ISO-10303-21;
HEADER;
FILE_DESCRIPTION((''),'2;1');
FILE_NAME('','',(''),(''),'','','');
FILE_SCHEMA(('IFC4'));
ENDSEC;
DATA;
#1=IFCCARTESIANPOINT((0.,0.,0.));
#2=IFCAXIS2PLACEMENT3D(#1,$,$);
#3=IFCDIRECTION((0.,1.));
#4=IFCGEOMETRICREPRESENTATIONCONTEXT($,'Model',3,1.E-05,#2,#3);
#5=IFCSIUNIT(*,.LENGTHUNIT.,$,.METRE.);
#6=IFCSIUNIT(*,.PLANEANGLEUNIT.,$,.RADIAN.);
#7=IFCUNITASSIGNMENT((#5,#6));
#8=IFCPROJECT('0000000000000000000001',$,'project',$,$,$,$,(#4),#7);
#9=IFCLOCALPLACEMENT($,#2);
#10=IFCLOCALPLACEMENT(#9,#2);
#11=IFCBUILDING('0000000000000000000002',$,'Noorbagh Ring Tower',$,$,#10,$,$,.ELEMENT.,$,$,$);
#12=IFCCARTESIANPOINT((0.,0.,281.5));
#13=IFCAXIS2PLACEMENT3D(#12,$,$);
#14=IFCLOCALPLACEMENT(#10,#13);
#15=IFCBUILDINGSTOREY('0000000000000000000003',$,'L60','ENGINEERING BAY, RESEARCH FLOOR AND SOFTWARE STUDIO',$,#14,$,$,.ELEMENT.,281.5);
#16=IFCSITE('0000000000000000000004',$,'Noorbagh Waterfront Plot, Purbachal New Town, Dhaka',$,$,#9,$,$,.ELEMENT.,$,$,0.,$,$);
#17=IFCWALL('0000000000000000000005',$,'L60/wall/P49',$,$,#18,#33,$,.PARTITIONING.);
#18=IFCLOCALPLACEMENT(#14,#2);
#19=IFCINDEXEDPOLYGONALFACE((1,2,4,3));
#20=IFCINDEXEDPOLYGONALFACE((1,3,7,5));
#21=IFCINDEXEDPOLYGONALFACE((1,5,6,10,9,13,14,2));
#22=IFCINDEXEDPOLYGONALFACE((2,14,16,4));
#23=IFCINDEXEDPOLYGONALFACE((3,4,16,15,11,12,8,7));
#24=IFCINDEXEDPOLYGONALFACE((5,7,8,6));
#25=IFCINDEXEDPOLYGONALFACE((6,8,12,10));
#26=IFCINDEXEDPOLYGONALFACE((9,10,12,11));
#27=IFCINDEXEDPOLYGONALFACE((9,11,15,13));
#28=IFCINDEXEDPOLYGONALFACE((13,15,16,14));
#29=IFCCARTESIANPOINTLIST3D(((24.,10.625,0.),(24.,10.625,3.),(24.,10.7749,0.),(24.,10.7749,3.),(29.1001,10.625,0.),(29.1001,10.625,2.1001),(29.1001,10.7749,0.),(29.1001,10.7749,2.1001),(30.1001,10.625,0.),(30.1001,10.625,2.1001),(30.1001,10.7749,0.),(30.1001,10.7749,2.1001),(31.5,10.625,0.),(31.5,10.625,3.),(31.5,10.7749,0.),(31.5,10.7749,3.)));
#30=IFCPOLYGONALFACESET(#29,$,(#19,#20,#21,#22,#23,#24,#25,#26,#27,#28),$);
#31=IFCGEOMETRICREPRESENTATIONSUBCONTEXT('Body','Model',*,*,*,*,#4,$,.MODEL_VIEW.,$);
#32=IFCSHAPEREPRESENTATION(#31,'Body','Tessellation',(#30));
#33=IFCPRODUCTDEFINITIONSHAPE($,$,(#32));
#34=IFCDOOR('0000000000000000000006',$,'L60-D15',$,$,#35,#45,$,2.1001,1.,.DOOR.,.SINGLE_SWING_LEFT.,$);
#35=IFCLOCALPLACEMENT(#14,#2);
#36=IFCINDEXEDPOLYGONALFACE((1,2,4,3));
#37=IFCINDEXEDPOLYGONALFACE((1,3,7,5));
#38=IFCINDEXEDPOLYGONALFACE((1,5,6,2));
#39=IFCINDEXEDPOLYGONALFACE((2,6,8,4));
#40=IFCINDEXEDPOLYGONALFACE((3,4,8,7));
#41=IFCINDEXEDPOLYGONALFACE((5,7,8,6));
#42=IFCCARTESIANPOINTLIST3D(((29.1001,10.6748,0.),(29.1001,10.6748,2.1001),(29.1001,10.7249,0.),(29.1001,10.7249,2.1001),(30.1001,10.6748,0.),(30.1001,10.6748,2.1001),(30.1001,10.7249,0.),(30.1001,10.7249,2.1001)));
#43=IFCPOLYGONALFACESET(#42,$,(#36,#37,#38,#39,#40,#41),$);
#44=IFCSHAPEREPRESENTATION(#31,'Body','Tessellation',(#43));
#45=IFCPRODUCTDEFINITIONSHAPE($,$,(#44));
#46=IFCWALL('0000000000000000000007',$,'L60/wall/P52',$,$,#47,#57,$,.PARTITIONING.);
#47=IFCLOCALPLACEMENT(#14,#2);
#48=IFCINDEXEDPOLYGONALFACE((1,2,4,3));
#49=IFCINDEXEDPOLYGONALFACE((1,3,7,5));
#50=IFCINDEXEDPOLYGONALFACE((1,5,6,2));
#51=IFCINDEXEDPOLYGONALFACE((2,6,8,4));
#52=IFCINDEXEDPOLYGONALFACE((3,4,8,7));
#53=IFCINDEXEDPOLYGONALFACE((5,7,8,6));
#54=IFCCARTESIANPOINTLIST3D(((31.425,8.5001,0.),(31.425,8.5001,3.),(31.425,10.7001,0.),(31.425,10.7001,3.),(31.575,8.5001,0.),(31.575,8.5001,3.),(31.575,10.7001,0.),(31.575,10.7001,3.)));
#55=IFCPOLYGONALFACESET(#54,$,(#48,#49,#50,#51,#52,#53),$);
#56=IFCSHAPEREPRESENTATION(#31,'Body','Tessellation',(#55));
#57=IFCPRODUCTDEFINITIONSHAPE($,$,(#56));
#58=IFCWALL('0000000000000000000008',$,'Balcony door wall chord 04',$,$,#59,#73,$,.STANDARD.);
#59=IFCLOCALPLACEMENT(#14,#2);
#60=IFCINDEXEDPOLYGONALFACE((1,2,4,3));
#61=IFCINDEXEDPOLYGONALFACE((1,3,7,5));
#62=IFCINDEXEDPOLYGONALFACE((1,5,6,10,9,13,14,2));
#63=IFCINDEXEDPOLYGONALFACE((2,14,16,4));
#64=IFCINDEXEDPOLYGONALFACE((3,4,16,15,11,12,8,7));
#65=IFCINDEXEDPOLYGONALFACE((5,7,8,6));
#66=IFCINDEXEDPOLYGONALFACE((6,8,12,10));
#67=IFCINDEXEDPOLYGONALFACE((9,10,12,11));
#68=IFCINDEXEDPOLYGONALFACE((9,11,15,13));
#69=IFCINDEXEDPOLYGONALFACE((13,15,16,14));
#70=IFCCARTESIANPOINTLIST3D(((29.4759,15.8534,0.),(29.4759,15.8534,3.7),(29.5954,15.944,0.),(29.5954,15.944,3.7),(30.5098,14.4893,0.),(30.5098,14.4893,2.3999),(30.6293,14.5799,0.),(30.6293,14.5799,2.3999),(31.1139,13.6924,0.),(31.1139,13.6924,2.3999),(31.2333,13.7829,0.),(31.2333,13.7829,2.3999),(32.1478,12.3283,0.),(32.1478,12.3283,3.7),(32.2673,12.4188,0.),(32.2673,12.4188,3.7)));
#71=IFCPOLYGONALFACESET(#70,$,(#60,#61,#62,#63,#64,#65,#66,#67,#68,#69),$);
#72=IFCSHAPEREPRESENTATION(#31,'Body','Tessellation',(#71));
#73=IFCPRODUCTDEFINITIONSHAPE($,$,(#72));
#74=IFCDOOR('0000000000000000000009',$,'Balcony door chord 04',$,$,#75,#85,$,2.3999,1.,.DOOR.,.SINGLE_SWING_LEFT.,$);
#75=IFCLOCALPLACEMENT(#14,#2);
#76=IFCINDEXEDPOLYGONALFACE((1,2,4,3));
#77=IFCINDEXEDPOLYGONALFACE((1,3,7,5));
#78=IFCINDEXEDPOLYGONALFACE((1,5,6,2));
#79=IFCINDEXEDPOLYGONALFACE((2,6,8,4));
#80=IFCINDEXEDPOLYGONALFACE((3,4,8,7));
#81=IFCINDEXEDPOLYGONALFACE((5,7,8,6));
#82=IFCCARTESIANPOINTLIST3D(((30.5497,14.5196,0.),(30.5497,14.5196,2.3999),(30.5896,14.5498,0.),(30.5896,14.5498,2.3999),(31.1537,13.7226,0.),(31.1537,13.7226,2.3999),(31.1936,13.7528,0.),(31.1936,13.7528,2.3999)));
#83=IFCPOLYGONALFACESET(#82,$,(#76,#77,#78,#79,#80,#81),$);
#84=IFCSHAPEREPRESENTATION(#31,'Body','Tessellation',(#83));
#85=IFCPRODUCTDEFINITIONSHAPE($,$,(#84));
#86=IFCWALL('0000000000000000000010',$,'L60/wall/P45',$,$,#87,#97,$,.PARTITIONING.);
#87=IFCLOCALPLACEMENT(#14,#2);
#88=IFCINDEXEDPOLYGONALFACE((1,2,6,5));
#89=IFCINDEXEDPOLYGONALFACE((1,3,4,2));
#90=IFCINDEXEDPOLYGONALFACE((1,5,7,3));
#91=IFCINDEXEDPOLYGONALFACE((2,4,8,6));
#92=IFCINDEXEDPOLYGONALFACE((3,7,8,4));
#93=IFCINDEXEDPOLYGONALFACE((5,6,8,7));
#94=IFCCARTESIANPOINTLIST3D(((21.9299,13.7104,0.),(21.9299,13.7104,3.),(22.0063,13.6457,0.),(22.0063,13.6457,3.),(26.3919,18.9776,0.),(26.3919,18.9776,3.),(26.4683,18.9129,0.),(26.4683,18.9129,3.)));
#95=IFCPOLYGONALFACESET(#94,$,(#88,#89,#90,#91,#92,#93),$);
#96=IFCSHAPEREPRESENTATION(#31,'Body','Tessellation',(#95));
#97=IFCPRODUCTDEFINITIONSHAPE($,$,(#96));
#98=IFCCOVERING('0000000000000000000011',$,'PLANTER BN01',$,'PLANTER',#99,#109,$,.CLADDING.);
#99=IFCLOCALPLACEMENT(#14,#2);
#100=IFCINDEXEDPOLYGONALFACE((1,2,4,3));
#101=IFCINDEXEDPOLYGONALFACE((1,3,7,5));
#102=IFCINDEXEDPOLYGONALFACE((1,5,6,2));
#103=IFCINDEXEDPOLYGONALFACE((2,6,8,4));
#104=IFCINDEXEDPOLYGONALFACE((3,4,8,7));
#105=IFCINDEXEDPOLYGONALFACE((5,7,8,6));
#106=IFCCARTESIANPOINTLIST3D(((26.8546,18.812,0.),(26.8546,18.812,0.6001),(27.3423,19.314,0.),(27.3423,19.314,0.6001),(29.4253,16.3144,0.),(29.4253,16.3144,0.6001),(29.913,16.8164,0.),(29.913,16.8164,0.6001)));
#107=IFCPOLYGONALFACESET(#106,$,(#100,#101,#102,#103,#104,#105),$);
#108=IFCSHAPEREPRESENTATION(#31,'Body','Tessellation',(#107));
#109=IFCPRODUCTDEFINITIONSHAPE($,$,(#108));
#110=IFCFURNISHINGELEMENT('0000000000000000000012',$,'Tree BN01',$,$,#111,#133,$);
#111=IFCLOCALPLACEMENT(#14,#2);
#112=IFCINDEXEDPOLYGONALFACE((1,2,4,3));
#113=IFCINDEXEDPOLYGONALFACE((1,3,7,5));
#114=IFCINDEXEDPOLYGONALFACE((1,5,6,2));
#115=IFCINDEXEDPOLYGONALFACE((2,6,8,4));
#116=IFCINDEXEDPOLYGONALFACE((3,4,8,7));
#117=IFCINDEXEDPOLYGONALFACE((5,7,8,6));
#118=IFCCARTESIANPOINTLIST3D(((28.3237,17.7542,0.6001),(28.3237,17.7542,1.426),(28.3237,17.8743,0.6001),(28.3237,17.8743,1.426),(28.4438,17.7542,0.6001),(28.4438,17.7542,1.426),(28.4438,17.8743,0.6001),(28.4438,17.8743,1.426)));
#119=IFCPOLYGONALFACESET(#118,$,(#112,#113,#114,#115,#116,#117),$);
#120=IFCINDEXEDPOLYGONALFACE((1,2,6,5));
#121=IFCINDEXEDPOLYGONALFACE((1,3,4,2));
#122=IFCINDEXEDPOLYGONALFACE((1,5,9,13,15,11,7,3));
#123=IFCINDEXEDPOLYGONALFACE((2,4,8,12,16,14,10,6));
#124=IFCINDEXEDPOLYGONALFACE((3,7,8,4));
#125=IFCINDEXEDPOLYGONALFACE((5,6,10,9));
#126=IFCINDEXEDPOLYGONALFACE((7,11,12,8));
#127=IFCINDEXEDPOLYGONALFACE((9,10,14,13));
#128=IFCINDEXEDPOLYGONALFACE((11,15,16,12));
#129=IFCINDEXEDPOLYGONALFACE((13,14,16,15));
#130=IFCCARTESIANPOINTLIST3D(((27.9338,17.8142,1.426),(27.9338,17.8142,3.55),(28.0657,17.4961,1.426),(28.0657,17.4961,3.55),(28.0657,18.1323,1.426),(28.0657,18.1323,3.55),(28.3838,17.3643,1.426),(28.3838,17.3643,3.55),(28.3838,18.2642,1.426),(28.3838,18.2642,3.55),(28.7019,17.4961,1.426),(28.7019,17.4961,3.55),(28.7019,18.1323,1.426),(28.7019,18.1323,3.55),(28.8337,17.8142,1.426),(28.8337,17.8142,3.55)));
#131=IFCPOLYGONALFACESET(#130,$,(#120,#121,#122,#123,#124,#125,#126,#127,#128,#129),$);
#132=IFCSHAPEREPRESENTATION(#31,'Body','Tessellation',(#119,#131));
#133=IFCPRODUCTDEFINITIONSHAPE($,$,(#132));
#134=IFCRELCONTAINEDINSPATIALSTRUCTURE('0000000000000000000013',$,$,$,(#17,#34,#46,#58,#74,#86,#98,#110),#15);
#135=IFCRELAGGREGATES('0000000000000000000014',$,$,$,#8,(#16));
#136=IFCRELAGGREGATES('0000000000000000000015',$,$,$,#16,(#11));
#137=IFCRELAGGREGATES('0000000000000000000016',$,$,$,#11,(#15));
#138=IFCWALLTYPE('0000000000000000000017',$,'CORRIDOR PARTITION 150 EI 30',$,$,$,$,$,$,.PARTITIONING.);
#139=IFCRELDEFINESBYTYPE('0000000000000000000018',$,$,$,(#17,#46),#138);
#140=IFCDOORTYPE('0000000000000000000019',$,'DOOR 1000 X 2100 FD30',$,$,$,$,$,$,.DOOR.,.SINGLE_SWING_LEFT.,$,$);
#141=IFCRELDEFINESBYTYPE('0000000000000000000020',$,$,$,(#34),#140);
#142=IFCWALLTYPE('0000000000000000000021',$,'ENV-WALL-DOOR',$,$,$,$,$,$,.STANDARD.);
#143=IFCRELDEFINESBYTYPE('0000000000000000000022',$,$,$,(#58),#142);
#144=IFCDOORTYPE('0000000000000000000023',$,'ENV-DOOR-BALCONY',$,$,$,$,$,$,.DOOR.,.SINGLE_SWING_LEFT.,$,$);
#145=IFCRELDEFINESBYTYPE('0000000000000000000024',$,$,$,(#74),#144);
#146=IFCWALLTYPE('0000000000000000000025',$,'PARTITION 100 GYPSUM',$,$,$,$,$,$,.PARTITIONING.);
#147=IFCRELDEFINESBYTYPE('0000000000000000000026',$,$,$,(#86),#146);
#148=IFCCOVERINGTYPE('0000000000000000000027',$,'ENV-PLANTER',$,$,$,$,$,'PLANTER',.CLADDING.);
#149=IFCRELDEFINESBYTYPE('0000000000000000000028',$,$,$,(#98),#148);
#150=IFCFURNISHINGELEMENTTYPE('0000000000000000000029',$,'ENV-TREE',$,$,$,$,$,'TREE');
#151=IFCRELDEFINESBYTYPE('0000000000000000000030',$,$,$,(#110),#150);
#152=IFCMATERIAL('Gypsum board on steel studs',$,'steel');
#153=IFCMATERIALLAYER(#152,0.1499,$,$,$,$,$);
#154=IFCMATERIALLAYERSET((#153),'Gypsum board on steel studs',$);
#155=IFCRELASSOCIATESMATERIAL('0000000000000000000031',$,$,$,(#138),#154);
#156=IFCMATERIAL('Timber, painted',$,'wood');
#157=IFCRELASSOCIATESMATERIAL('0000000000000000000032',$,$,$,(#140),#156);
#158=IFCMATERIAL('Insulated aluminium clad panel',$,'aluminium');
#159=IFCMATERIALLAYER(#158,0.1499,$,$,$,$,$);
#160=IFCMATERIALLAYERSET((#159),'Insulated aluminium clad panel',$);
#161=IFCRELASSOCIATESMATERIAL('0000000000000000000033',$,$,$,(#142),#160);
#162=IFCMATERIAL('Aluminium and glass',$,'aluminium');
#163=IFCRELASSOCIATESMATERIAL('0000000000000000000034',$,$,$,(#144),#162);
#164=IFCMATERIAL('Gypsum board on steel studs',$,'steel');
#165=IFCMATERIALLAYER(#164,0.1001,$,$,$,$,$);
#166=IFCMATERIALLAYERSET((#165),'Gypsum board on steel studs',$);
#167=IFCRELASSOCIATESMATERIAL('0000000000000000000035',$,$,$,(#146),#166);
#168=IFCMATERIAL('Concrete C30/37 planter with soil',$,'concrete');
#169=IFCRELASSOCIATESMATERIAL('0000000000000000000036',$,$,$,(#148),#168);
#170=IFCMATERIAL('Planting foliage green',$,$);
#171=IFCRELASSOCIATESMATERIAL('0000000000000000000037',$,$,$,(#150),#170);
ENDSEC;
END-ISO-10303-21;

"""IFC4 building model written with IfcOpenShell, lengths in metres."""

from ifc_helpers import new_model, si_unit, direction, frame, frame_2d, origin, origin_2d, place, context, subcontext, project, spatial, polyline, rectangle, outline, extrude, material, layer, layer_set, type_object, element, fill, save


model = new_model("IFC4")

# Units and contexts
model_context = context("Model", 3, precision=1e-05, world=origin(), true_north=direction((0.0, 1.0)))
body_context = subcontext(model_context, "Body", "Model", "MODEL_VIEW")
ifc_project = project(units=[si_unit("LENGTHUNIT", "METRE"), si_unit("PLANEANGLEUNIT", "RADIAN")], contexts=[model_context])

# Site, building, storey
site_placement = place(None, origin())
site = spatial("IfcSite", under=ifc_project, at=site_placement, Name="Noorbagh Waterfront Plot, Purbachal New Town, Dhaka", CompositionType="ELEMENT", RefElevation=0.0)
building_placement = place(site_placement, origin())
building = spatial("IfcBuilding", under=site, at=building_placement, Name="Noorbagh Ring Tower", CompositionType="ELEMENT")
storey_placement = place(building_placement, frame((0.0, 0.0, 281.5)))
storey = spatial("IfcBuildingStorey", under=building, at=storey_placement, Name="L60", Description="ENGINEERING BAY, RESEARCH FLOOR AND SOFTWARE STUDIO", CompositionType="ELEMENT", Elevation=281.5)

# Shared definitions
ifc_material_1 = material(Name="Gypsum board on steel studs", Category="steel")
ifc_layer_1 = layer(ifc_material_1, 0.1499)
ifc_layer_set_1 = layer_set([ifc_layer_1], Name="Gypsum board on steel studs")
wall_type_1 = type_object("IfcWallType", Name="CORRIDOR PARTITION 150 EI 30", PredefinedType="PARTITIONING", material=ifc_layer_set_1)

# Wall, opening, door
wall_1_placement = place(storey_placement, frame((24.0, 10.7, 0.0), z_axis=(0.0, 0.0, 1.0), x_axis=(1.0, 0.0, 0.0)))
wall_1 = element("IfcWall", 1, at=wall_1_placement, inside=storey, type_object=wall_type_1, Name="L60/wall/P49", PredefinedType="PARTITIONING", context=body_context, shape_type="SweptSolid", body=[
    extrude(rectangle(XDim=7.5, YDim=0.1499, at=frame_2d((3.75, 0.0))), origin(), (0.0, 0.0, 1.0), 3.0),
])
opening_1_placement = place(wall_1_placement, frame((5.1001, 0.0, 0.0)))
opening_1 = element("IfcOpeningElement", 2, at=opening_1_placement, cuts=wall_1, PredefinedType="OPENING", context=body_context, shape_type="SweptSolid", body=[
    extrude(rectangle(XDim=1.0, YDim=2.1001, at=frame_2d((0.5, 1.05))), frame((0.0, 0.085, 0.0), z_axis=(0.0, -1.0, 0.0), x_axis=(1.0, 0.0, 0.0)), (0.0, 0.0, 1.0), 0.1699),
])
ifc_material_2 = material(Name="Timber, painted", Category="wood")
door_type_1 = type_object("IfcDoorType", Name="DOOR 1000 X 2100 FD30", OperationType="SINGLE_SWING_LEFT", PredefinedType="DOOR", material=ifc_material_2)
door_1_placement = place(opening_1_placement, origin())
door_1 = element("IfcDoor", 3, at=door_1_placement, inside=storey, type_object=door_type_1, Name="L60-D15", OperationType="SINGLE_SWING_LEFT", OverallHeight=2.1001, OverallWidth=1.0, PredefinedType="DOOR", context=body_context, shape_type="SweptSolid", body=[
    extrude(rectangle(XDim=1.0, YDim=2.1001, at=frame_2d((0.5, 1.05))), frame((0.0, 0.0249, 0.0), z_axis=(0.0, -1.0, 0.0), x_axis=(1.0, 0.0, 0.0)), (0.0, 0.0, 1.0), 0.05),
])
fill(opening_1, door_1)

# Wall
wall_2_placement = place(storey_placement, frame((31.5, 8.5, 0.0), z_axis=(0.0, 0.0, 1.0), x_axis=(0.0, 1.0, 0.0)))
element("IfcWall", 4, at=wall_2_placement, inside=storey, type_object=wall_type_1, Name="L60/wall/P52", PredefinedType="PARTITIONING", context=body_context, shape_type="SweptSolid", body=[
    extrude(rectangle(XDim=2.2, YDim=0.1499, at=frame_2d((1.1001, 0.0))), origin(), (0.0, 0.0, 1.0), 3.0),
])

# Wall, opening, door
ifc_material_3 = material(Name="Insulated aluminium clad panel", Category="aluminium")
ifc_layer_2 = layer(ifc_material_3, 0.1499)
ifc_layer_set_2 = layer_set([ifc_layer_2], Name="Insulated aluminium clad panel")
wall_type_2 = type_object("IfcWallType", Name="ENV-WALL-DOOR", PredefinedType="STANDARD", material=ifc_layer_set_2)
wall_3_placement = place(storey_placement, frame((32.2075, 12.3735, 0.0), z_axis=(0.0, 0.0, 1.0), x_axis=(-0.604046, 0.79695, 0.0)))
wall_3 = element("IfcWall", 5, at=wall_3_placement, inside=storey, type_object=wall_type_2, Name="Balcony door wall chord 04", PredefinedType="STANDARD", context=body_context, shape_type="SweptSolid", body=[
    extrude(rectangle(XDim=4.4233, YDim=0.1499, at=frame_2d((2.2117, 0.0))), origin(), (0.0, 0.0, 1.0), 3.7),
])
opening_2_placement = place(wall_3_placement, frame((1.7117, 0.0, 0.0)))
opening_2 = element("IfcOpeningElement", 6, at=opening_2_placement, cuts=wall_3, PredefinedType="OPENING", context=body_context, shape_type="SweptSolid", body=[
    extrude(rectangle(XDim=1.0, YDim=2.3999, at=frame_2d((0.5, 1.2))), frame((0.0, 0.085, 0.0), z_axis=(0.0, -1.0, 0.0), x_axis=(1.0, 0.0, 0.0)), (0.0, 0.0, 1.0), 0.1699),
])
ifc_material_4 = material(Name="Aluminium and glass", Category="aluminium")
door_type_2 = type_object("IfcDoorType", Name="ENV-DOOR-BALCONY", OperationType="SINGLE_SWING_LEFT", PredefinedType="DOOR", material=ifc_material_4)
door_2_placement = place(opening_2_placement, origin())
door_2 = element("IfcDoor", 7, at=door_2_placement, inside=storey, type_object=door_type_2, Name="Balcony door chord 04", OperationType="SINGLE_SWING_LEFT", OverallHeight=2.3999, OverallWidth=1.0, PredefinedType="DOOR", context=body_context, shape_type="SweptSolid", body=[
    extrude(rectangle(XDim=1.0, YDim=2.3999, at=frame_2d((0.5, 1.2))), frame((0.0, 0.0249, 0.0), z_axis=(0.0, -1.0, 0.0), x_axis=(1.0, 0.0, 0.0)), (0.0, 0.0, 1.0), 0.05),
])
fill(opening_2, door_2)

# Wall
ifc_material_5 = material(Name="Gypsum board on steel studs", Category="steel")
ifc_layer_3 = layer(ifc_material_5, 0.1001)
ifc_layer_set_3 = layer_set([ifc_layer_3], Name="Gypsum board on steel studs")
wall_type_3 = type_object("IfcWallType", Name="PARTITION 100 GYPSUM", PredefinedType="PARTITIONING", material=ifc_layer_set_3)
wall_4_placement = place(storey_placement, frame((21.968, 13.678, 0.0), z_axis=(0.0, 0.0, 1.0), x_axis=(0.646377, 0.763019, 0.0)))
element("IfcWall", 8, at=wall_4_placement, inside=storey, type_object=wall_type_3, Name="L60/wall/P45", PredefinedType="PARTITIONING", context=body_context, shape_type="SweptSolid", body=[
    extrude(rectangle(XDim=6.9031, YDim=0.1001, at=frame_2d((3.4517, 0.0))), origin(), (0.0, 0.0, 1.0), 3.0),
])

# Covering
ifc_material_6 = material(Name="Concrete C30/37 planter with soil", Category="concrete")
covering_type = type_object("IfcCoveringType", Name="ENV-PLANTER", ElementType="PLANTER", PredefinedType="CLADDING", material=ifc_material_6)
covering_placement = place(storey_placement, frame((28.3838, 17.8142, 0.0), z_axis=(0.0, 0.0, 1.0), x_axis=(-0.717225, 0.696842, 0.0)))
element("IfcCovering", 9, at=covering_placement, inside=storey, type_object=covering_type, Name="PLANTER BN01", ObjectType="PLANTER", PredefinedType="CLADDING", context=body_context, shape_type="SweptSolid", body=[
    extrude(rectangle(XDim=3.5842, YDim=0.7, at=origin_2d()), origin(), (0.0, 0.0, 1.0), 0.6001),
])

# Furnishing element
ifc_material_7 = material(Name="Planting foliage green")
furnishing_element_type = type_object("IfcFurnishingElementType", Name="ENV-TREE", ElementType="TREE", material=ifc_material_7)
furnishing_placement = place(storey_placement, frame((28.3838, 17.8142, 0.6001), z_axis=(0.0, 0.0, 1.0), x_axis=(1.0, 0.0, 0.0)))
element("IfcFurnishingElement", 10, at=furnishing_placement, inside=storey, type_object=furnishing_element_type, Name="Tree BN01", context=body_context, shape_type="SweptSolid", body=[
    extrude(rectangle(XDim=0.1201, YDim=0.1201, at=origin_2d()), origin(), (0.0, 0.0, 1.0), 0.8259),
    extrude(outline(polyline([(0.45, 0.0), (0.3181, 0.3181), (0.0, 0.45), (-0.3181, 0.3181), (-0.45, 0.0), (-0.3181, -0.3181), (0.0, -0.45), (0.3181, -0.3181), (0.45, 0.0)])), frame((0.0, 0.0, 0.8259)), (0.0, 0.0, 1.0), 2.124),
])

save(model, "model.ifc")
